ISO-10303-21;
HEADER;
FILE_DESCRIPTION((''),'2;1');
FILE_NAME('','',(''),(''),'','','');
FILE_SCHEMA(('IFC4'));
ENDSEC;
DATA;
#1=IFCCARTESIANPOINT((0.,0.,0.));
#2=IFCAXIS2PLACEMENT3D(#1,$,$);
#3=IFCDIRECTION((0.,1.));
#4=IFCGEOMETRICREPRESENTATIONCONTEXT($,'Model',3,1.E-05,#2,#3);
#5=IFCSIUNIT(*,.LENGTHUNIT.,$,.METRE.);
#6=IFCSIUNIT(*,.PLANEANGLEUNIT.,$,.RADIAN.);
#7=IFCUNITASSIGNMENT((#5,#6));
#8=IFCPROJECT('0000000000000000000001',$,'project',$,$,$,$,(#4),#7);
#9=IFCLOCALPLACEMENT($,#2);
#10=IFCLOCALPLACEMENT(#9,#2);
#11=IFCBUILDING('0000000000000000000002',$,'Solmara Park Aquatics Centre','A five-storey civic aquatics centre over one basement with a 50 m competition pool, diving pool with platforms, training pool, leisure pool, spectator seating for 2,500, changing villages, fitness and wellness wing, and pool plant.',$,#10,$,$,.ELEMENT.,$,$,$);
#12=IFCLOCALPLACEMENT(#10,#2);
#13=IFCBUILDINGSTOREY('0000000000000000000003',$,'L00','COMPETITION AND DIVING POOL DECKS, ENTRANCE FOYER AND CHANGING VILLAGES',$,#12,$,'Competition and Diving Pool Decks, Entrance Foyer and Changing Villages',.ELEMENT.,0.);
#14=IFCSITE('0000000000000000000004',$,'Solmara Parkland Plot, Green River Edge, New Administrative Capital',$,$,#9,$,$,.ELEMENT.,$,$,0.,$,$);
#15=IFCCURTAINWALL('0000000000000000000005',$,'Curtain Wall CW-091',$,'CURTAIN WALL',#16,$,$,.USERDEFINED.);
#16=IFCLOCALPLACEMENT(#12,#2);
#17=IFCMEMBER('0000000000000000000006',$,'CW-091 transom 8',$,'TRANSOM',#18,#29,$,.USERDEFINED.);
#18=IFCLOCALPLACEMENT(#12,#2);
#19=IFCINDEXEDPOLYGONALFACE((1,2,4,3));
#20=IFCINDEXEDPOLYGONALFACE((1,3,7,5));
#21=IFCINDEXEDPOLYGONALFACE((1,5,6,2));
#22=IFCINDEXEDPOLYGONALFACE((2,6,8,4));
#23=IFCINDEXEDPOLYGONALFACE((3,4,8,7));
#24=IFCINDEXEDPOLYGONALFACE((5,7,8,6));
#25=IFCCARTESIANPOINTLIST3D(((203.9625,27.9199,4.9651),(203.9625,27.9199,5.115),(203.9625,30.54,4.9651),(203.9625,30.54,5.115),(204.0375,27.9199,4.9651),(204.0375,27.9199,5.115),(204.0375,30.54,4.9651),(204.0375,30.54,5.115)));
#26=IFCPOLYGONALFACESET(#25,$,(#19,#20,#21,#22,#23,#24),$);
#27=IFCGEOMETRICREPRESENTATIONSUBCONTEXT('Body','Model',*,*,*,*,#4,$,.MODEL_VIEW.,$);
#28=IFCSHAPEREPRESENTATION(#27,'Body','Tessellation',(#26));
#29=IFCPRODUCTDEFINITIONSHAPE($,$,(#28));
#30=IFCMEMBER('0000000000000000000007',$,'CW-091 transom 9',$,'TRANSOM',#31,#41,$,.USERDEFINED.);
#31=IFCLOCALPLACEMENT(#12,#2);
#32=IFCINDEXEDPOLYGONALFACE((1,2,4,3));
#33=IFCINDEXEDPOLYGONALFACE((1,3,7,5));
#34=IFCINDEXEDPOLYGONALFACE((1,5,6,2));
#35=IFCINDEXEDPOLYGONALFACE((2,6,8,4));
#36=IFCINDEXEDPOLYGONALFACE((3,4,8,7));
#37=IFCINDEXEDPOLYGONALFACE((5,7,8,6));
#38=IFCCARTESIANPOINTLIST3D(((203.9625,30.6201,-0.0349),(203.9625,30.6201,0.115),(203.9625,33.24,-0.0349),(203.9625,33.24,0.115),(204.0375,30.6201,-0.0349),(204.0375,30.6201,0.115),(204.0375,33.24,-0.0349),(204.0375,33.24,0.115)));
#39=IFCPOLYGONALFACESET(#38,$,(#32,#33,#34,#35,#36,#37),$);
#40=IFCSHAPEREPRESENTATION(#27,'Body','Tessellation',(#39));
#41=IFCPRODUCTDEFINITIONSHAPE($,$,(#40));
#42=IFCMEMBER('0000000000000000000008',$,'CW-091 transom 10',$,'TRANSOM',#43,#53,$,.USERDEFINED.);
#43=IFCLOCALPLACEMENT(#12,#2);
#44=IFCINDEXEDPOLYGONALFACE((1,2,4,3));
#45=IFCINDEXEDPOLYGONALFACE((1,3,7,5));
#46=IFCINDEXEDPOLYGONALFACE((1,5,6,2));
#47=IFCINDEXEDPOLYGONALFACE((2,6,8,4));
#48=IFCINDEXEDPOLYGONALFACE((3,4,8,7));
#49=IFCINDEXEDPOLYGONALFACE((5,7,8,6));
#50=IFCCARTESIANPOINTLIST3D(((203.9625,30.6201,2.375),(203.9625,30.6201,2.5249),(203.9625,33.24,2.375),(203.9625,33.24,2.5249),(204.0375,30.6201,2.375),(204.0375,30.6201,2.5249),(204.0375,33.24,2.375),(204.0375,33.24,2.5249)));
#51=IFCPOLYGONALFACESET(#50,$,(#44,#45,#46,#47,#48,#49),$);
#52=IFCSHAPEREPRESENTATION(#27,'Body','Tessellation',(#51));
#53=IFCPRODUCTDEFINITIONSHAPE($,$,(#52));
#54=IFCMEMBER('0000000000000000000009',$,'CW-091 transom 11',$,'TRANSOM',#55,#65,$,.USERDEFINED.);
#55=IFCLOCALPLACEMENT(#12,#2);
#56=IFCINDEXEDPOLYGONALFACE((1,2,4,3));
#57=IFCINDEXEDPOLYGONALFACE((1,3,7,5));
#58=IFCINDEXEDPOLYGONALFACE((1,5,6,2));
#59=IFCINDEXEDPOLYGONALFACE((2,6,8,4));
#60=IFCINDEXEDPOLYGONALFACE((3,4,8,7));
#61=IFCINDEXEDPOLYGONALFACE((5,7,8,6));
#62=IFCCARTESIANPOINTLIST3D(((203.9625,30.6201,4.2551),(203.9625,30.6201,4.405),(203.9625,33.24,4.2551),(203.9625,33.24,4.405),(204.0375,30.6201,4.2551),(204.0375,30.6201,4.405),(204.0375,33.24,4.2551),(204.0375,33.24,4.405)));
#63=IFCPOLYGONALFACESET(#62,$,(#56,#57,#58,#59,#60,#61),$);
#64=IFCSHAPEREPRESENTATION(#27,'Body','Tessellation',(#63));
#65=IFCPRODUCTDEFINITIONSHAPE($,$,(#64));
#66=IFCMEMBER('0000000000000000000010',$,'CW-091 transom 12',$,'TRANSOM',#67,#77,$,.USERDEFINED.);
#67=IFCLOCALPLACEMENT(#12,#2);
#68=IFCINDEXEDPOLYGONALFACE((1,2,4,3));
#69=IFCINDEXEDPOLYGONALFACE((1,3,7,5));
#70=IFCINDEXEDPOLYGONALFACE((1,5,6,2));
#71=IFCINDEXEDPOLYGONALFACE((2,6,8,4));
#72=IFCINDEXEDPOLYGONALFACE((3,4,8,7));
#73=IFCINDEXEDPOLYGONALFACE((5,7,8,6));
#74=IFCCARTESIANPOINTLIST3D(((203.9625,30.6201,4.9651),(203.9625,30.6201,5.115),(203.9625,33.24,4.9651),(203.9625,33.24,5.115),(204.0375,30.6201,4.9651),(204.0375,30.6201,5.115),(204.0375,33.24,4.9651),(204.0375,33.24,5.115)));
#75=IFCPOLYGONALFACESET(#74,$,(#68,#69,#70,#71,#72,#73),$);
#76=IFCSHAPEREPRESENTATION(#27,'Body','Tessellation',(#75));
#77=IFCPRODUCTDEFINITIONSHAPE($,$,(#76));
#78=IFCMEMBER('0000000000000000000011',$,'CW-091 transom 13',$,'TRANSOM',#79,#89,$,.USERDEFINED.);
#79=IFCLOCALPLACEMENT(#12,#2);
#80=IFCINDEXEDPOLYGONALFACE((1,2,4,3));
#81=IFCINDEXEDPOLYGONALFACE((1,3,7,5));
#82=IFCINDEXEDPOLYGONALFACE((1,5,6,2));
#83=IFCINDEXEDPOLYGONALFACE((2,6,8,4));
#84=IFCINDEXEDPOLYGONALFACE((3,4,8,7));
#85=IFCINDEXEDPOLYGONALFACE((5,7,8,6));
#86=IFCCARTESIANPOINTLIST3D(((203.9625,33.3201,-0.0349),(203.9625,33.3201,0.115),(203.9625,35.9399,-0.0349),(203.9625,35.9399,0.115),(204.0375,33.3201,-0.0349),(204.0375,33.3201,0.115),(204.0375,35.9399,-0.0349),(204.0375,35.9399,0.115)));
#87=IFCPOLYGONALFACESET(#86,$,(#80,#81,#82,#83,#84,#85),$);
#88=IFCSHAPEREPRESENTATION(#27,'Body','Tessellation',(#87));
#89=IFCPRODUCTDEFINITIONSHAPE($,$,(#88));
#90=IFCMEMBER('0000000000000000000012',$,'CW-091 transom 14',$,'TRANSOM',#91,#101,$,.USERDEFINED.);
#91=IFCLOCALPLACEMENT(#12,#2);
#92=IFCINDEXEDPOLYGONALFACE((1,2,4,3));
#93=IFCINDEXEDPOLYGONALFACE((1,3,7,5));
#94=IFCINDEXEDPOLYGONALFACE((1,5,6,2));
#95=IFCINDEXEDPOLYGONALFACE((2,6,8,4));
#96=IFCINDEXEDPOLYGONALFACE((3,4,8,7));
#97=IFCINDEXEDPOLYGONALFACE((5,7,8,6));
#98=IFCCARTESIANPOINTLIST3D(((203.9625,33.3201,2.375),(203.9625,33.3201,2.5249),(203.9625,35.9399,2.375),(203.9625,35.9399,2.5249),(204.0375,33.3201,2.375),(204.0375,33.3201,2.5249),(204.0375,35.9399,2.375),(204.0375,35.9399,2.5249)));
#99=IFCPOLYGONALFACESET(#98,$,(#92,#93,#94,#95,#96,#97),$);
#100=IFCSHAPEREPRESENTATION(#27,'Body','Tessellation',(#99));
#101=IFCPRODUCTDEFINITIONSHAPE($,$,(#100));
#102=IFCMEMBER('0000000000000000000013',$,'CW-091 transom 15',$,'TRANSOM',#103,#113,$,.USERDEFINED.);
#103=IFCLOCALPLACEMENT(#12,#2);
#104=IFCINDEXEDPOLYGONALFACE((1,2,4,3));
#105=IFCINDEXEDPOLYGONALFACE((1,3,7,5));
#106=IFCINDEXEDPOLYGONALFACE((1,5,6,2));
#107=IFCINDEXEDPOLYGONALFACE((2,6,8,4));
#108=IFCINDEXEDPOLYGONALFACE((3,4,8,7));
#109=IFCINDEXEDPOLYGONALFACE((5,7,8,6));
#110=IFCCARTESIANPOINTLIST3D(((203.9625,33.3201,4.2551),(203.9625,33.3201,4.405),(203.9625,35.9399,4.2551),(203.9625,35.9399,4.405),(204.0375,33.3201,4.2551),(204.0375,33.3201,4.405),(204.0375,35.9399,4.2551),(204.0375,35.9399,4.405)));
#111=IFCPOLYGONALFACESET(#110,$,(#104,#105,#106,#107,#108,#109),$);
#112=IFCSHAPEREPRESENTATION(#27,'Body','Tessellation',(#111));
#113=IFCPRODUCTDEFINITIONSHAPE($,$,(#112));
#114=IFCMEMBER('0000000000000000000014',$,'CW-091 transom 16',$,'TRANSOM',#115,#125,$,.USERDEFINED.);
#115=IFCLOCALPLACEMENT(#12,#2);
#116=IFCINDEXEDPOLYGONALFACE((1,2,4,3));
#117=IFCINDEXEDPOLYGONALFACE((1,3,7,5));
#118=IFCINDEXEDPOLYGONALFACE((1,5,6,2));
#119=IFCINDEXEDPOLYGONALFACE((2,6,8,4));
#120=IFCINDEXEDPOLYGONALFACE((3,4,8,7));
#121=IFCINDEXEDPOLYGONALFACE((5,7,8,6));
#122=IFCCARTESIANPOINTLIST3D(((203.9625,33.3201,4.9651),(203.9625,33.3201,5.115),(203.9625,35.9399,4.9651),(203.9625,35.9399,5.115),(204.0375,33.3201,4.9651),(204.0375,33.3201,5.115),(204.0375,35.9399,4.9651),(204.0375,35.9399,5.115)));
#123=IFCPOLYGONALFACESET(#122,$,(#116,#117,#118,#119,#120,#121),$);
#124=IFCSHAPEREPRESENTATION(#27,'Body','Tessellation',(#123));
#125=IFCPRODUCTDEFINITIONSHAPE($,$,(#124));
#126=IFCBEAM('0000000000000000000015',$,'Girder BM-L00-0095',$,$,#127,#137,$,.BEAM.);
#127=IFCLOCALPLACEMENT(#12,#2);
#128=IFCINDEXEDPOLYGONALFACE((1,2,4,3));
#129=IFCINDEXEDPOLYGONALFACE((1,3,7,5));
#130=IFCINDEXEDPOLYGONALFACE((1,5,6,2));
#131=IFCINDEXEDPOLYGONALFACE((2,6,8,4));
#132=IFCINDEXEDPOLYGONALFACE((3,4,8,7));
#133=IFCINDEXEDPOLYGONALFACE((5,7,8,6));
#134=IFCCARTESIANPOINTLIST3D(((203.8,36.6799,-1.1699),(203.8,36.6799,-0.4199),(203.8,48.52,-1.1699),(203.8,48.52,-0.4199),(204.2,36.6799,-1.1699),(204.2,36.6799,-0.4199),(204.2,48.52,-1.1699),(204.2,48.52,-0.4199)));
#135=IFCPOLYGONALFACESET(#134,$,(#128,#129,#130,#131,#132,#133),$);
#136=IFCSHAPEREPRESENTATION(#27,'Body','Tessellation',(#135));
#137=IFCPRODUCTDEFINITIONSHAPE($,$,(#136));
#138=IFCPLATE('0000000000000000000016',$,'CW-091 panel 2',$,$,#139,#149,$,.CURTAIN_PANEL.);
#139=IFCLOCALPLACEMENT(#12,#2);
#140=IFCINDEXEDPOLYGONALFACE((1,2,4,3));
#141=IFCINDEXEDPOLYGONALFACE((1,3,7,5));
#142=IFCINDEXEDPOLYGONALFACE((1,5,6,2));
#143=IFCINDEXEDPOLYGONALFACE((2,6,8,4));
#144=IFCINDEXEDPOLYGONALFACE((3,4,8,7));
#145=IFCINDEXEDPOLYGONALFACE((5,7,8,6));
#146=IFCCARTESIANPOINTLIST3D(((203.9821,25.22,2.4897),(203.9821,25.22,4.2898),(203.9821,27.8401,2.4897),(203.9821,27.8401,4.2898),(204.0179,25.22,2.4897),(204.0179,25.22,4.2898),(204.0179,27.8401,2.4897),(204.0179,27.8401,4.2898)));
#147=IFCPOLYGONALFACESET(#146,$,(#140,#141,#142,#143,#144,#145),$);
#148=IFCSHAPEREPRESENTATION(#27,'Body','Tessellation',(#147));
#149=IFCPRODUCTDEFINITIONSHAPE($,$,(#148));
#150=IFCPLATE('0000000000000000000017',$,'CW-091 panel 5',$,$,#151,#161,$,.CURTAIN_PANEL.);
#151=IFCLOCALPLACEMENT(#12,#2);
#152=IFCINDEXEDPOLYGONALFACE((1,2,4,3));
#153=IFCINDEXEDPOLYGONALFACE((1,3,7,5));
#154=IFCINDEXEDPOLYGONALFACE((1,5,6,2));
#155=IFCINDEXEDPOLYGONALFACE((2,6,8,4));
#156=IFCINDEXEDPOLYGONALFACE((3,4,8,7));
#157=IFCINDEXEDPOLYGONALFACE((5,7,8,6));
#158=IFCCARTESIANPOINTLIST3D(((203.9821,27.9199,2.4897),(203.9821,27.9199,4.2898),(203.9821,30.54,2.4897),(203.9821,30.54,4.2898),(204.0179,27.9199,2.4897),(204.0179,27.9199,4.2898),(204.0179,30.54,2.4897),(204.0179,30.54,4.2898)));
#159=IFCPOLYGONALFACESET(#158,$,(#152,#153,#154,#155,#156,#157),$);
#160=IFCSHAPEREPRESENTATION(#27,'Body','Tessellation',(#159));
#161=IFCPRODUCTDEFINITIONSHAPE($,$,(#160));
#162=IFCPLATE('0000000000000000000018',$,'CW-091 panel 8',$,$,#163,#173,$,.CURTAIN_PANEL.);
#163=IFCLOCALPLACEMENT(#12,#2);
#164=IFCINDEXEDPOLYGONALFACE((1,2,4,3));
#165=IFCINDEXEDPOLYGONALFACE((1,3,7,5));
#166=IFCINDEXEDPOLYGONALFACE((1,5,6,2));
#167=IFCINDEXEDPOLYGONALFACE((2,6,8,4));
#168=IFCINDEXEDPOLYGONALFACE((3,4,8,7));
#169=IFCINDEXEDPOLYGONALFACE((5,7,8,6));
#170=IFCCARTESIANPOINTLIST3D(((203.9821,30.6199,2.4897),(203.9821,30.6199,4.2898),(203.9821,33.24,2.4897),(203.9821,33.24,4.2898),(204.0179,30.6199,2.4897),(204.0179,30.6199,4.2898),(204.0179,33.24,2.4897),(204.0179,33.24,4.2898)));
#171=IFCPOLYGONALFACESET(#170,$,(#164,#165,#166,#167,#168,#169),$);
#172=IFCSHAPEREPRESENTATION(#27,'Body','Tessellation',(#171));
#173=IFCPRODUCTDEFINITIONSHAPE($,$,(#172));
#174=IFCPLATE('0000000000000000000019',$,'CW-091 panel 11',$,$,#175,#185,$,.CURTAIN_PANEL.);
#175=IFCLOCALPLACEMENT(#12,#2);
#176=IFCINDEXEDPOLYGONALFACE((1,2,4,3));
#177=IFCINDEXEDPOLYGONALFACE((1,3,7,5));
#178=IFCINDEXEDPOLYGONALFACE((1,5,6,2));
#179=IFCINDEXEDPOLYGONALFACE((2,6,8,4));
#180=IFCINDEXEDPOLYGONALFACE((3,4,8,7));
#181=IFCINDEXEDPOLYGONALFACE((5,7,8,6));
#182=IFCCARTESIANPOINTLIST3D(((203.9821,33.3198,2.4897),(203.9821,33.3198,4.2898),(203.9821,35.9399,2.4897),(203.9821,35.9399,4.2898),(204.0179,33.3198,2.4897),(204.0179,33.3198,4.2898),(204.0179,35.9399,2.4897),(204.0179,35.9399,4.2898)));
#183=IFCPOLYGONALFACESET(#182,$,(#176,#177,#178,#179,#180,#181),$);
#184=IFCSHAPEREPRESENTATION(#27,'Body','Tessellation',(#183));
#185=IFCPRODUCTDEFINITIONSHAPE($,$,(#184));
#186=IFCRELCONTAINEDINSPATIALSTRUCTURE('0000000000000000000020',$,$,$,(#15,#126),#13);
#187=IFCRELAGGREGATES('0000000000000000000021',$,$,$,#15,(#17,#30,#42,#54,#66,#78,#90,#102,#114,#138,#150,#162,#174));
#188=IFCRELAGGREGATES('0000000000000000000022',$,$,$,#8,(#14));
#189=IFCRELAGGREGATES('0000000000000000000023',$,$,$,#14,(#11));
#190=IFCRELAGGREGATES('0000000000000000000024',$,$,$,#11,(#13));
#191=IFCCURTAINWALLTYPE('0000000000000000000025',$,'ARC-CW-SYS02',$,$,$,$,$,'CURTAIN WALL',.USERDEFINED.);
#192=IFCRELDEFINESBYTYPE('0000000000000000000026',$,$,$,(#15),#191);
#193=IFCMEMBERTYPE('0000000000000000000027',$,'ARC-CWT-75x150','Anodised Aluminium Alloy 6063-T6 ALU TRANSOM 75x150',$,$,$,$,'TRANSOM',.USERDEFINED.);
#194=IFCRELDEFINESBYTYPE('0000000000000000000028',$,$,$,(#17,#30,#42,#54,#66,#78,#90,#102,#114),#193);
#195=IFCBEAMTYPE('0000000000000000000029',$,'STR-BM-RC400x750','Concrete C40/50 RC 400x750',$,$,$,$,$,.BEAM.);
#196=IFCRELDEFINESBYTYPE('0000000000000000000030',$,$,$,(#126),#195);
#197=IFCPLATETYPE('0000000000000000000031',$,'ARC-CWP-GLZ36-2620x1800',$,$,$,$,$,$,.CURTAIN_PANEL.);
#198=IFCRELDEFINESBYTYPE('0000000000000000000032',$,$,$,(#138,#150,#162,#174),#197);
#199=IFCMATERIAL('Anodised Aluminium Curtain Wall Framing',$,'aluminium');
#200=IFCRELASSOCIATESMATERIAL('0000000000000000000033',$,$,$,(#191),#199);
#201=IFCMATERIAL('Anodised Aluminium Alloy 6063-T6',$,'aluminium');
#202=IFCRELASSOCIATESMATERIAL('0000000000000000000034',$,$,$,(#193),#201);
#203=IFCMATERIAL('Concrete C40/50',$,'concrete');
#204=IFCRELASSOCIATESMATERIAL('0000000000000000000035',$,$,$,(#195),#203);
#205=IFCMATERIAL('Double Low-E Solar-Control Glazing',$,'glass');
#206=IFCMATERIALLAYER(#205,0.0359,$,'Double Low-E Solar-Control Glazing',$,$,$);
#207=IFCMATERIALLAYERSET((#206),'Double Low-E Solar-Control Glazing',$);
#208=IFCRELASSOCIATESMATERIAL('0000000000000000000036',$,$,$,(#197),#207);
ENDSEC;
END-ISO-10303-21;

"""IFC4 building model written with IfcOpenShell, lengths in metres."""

from ifc_helpers import new_model, si_unit, direction, frame, origin, origin_2d, place, context, subcontext, project, spatial, rectangle, extrude, material, layer, layer_set, material_profile, profile_set, type_object, element, aggregate, save


model = new_model("IFC4")

# Units and contexts
model_context = context("Model", 3, precision=1e-05, world=origin(), true_north=direction((0.0, 1.0)))
body_context = subcontext(model_context, "Body", "Model", "MODEL_VIEW")
ifc_project = project(units=[si_unit("LENGTHUNIT", "METRE"), si_unit("PLANEANGLEUNIT", "RADIAN")], contexts=[model_context])

# Site, building, storey
site_placement = place(None, origin())
site = spatial("IfcSite", under=ifc_project, at=site_placement, Name="Solmara Parkland Plot, Green River Edge, New Administrative Capital", CompositionType="ELEMENT", RefElevation=0.0)
building_placement = place(site_placement, origin())
building = spatial("IfcBuilding", under=site, at=building_placement, Name="Solmara Park Aquatics Centre", Description="A five-storey civic aquatics centre over one basement with a 50 m competition pool, diving pool with platforms, training pool, leisure pool, spectator seating for 2,500, changing villages, fitness and wellness wing, and pool plant.", CompositionType="ELEMENT")
storey_placement = place(building_placement, origin())
storey = spatial("IfcBuildingStorey", under=building, at=storey_placement, Name="L00", Description="COMPETITION AND DIVING POOL DECKS, ENTRANCE FOYER AND CHANGING VILLAGES", LongName="Competition and Diving Pool Decks, Entrance Foyer and Changing Villages", CompositionType="ELEMENT", Elevation=0.0)

# Shared definitions
ifc_material_1 = material(Name="Concrete C40/50", Category="concrete")

# Curtain wall, members
ifc_material_2 = material(Name="Anodised Aluminium Curtain Wall Framing", Category="aluminium")
curtain_wall_type = type_object("IfcCurtainWallType", Name="ARC-CW-SYS02", ElementType="CURTAIN WALL", PredefinedType="USERDEFINED", material=ifc_material_2)
curtain_wall_placement = place(storey_placement, origin())
curtain_wall = element("IfcCurtainWall", 1, at=curtain_wall_placement, inside=storey, type_object=curtain_wall_type, Name="Curtain Wall CW-091", ObjectType="CURTAIN WALL", PredefinedType="USERDEFINED")
ifc_material_3 = material(Name="Anodised Aluminium Alloy 6063-T6", Category="aluminium")
ifc_material_profile_1 = material_profile(ifc_material_3, rectangle(XDim=0.075, YDim=0.1499, at=origin_2d()), Name="ALU TRANSOM 75x150")
ifc_profile_set_1 = profile_set([ifc_material_profile_1], Name="Anodised Aluminium Alloy 6063-T6")
member_type_1 = type_object("IfcMemberType", Name="ARC-CWT-75x150", Description="Anodised Aluminium Alloy 6063-T6 ALU TRANSOM 75x150", ElementType="TRANSOM", PredefinedType="USERDEFINED", material=ifc_profile_set_1)
member_1_placement = place(storey_placement, frame((204.0, 27.9199, 5.04), z_axis=(0.0, 1.0, 0.0), x_axis=(-1.0, 0.0, 0.0)))
member_1 = element("IfcMember", 2, at=member_1_placement, type_object=member_type_1, Name="CW-091 transom 8", ObjectType="TRANSOM", PredefinedType="USERDEFINED", context=body_context, shape_type="SweptSolid", body=[
    extrude(rectangle(XDim=0.075, YDim=0.1499, at=origin_2d()), origin(), (0.0, 0.0, 1.0), 2.6201),
])
member_2_placement = place(storey_placement, frame((204.0, 30.6201, 0.04), z_axis=(0.0, 1.0, 0.0), x_axis=(-1.0, 0.0, 0.0)))
member_2 = element("IfcMember", 3, at=member_2_placement, type_object=member_type_1, Name="CW-091 transom 9", ObjectType="TRANSOM", PredefinedType="USERDEFINED", context=body_context, shape_type="SweptSolid", body=[
    extrude(rectangle(XDim=0.075, YDim=0.1499, at=origin_2d()), origin(), (0.0, 0.0, 1.0), 2.6199),
])
member_3_placement = place(storey_placement, frame((204.0, 30.6201, 2.45), z_axis=(0.0, 1.0, 0.0), x_axis=(-1.0, 0.0, 0.0)))
member_3 = element("IfcMember", 4, at=member_3_placement, type_object=member_type_1, Name="CW-091 transom 10", ObjectType="TRANSOM", PredefinedType="USERDEFINED", context=body_context, shape_type="SweptSolid", body=[
    extrude(rectangle(XDim=0.075, YDim=0.1499, at=origin_2d()), origin(), (0.0, 0.0, 1.0), 2.6199),
])
member_4_placement = place(storey_placement, frame((204.0, 30.6201, 4.3301), z_axis=(0.0, 1.0, 0.0), x_axis=(-1.0, 0.0, 0.0)))
member_4 = element("IfcMember", 5, at=member_4_placement, type_object=member_type_1, Name="CW-091 transom 11", ObjectType="TRANSOM", PredefinedType="USERDEFINED", context=body_context, shape_type="SweptSolid", body=[
    extrude(rectangle(XDim=0.075, YDim=0.1499, at=origin_2d()), origin(), (0.0, 0.0, 1.0), 2.6199),
])
member_5_placement = place(storey_placement, frame((204.0, 30.6201, 5.04), z_axis=(0.0, 1.0, 0.0), x_axis=(-1.0, 0.0, 0.0)))
member_5 = element("IfcMember", 6, at=member_5_placement, type_object=member_type_1, Name="CW-091 transom 12", ObjectType="TRANSOM", PredefinedType="USERDEFINED", context=body_context, shape_type="SweptSolid", body=[
    extrude(rectangle(XDim=0.075, YDim=0.1499, at=origin_2d()), origin(), (0.0, 0.0, 1.0), 2.6199),
])
member_6_placement = place(storey_placement, frame((204.0, 33.3201, 0.04), z_axis=(0.0, 1.0, 0.0), x_axis=(-1.0, 0.0, 0.0)))
member_6 = element("IfcMember", 7, at=member_6_placement, type_object=member_type_1, Name="CW-091 transom 13", ObjectType="TRANSOM", PredefinedType="USERDEFINED", context=body_context, shape_type="SweptSolid", body=[
    extrude(rectangle(XDim=0.075, YDim=0.1499, at=origin_2d()), origin(), (0.0, 0.0, 1.0), 2.6199),
])
member_7_placement = place(storey_placement, frame((204.0, 33.3201, 2.45), z_axis=(0.0, 1.0, 0.0), x_axis=(-1.0, 0.0, 0.0)))
member_7 = element("IfcMember", 8, at=member_7_placement, type_object=member_type_1, Name="CW-091 transom 14", ObjectType="TRANSOM", PredefinedType="USERDEFINED", context=body_context, shape_type="SweptSolid", body=[
    extrude(rectangle(XDim=0.075, YDim=0.1499, at=origin_2d()), origin(), (0.0, 0.0, 1.0), 2.6199),
])
member_8_placement = place(storey_placement, frame((204.0, 33.3201, 4.3301), z_axis=(0.0, 1.0, 0.0), x_axis=(-1.0, 0.0, 0.0)))
member_8 = element("IfcMember", 9, at=member_8_placement, type_object=member_type_1, Name="CW-091 transom 15", ObjectType="TRANSOM", PredefinedType="USERDEFINED", context=body_context, shape_type="SweptSolid", body=[
    extrude(rectangle(XDim=0.075, YDim=0.1499, at=origin_2d()), origin(), (0.0, 0.0, 1.0), 2.6199),
])
member_9_placement = place(storey_placement, frame((204.0, 33.3201, 5.04), z_axis=(0.0, 1.0, 0.0), x_axis=(-1.0, 0.0, 0.0)))
member_9 = element("IfcMember", 10, at=member_9_placement, type_object=member_type_1, Name="CW-091 transom 16", ObjectType="TRANSOM", PredefinedType="USERDEFINED", context=body_context, shape_type="SweptSolid", body=[
    extrude(rectangle(XDim=0.075, YDim=0.1499, at=origin_2d()), origin(), (0.0, 0.0, 1.0), 2.6199),
])

# Beam
ifc_material_profile_2 = material_profile(ifc_material_1, rectangle(XDim=0.3999, YDim=0.75, at=origin_2d()), Name="RC 400x750")
ifc_profile_set_2 = profile_set([ifc_material_profile_2], Name="Concrete C40/50")
beam_type = type_object("IfcBeamType", Name="STR-BM-RC400x750", Description="Concrete C40/50 RC 400x750", PredefinedType="BEAM", material=ifc_profile_set_2)
beam_placement = place(storey_placement, frame((204.0, 36.6799, -0.7949), z_axis=(0.0, 1.0, 0.0), x_axis=(-1.0, 0.0, 0.0)))
element("IfcBeam", 11, at=beam_placement, inside=storey, type_object=beam_type, Name="Girder BM-L00-0095", PredefinedType="BEAM", context=body_context, shape_type="SweptSolid", body=[
    extrude(rectangle(XDim=0.3999, YDim=0.75, at=origin_2d()), origin(), (0.0, 0.0, 1.0), 11.8401),
])

# Plates
ifc_material_4 = material(Name="Double Low-E Solar-Control Glazing", Category="glass")
ifc_layer_1 = layer(ifc_material_4, 0.0359, Name="Double Low-E Solar-Control Glazing")
ifc_layer_set_1 = layer_set([ifc_layer_1], Name="Double Low-E Solar-Control Glazing")
plate_type_1 = type_object("IfcPlateType", Name="ARC-CWP-GLZ36-2620x1800", PredefinedType="CURTAIN_PANEL", material=ifc_layer_set_1)
plate_1_placement = place(storey_placement, frame((204.0, 26.53, 2.4897), z_axis=(0.0, 0.0, 1.0), x_axis=(0.0, 1.0, 0.0)))
plate_1 = element("IfcPlate", 12, at=plate_1_placement, type_object=plate_type_1, Name="CW-091 panel 2", PredefinedType="CURTAIN_PANEL", context=body_context, shape_type="SweptSolid", body=[
    extrude(rectangle(XDim=2.6201, YDim=0.0359, at=origin_2d()), origin(), (0.0, 0.0, 1.0), 1.8),
])
plate_2_placement = place(storey_placement, frame((204.0, 29.23, 2.4897), z_axis=(0.0, 0.0, 1.0), x_axis=(0.0, 1.0, 0.0)))
plate_2 = element("IfcPlate", 13, at=plate_2_placement, type_object=plate_type_1, Name="CW-091 panel 5", PredefinedType="CURTAIN_PANEL", context=body_context, shape_type="SweptSolid", body=[
    extrude(rectangle(XDim=2.6201, YDim=0.0359, at=origin_2d()), origin(), (0.0, 0.0, 1.0), 1.8),
])
plate_3_placement = place(storey_placement, frame((204.0, 31.9299, 2.4897), z_axis=(0.0, 0.0, 1.0), x_axis=(0.0, 1.0, 0.0)))
plate_3 = element("IfcPlate", 14, at=plate_3_placement, type_object=plate_type_1, Name="CW-091 panel 8", PredefinedType="CURTAIN_PANEL", context=body_context, shape_type="SweptSolid", body=[
    extrude(rectangle(XDim=2.6201, YDim=0.0359, at=origin_2d()), origin(), (0.0, 0.0, 1.0), 1.8),
])
plate_4_placement = place(storey_placement, frame((204.0, 34.6299, 2.4897), z_axis=(0.0, 0.0, 1.0), x_axis=(0.0, 1.0, 0.0)))
plate_4 = element("IfcPlate", 15, at=plate_4_placement, type_object=plate_type_1, Name="CW-091 panel 11", PredefinedType="CURTAIN_PANEL", context=body_context, shape_type="SweptSolid", body=[
    extrude(rectangle(XDim=2.6201, YDim=0.0359, at=origin_2d()), origin(), (0.0, 0.0, 1.0), 1.8),
])
aggregate(curtain_wall, [member_1, member_2, member_3, member_4, member_5, member_6, member_7, member_8, member_9, plate_1, plate_2, plate_3, plate_4])

save(model, "model.ifc")
